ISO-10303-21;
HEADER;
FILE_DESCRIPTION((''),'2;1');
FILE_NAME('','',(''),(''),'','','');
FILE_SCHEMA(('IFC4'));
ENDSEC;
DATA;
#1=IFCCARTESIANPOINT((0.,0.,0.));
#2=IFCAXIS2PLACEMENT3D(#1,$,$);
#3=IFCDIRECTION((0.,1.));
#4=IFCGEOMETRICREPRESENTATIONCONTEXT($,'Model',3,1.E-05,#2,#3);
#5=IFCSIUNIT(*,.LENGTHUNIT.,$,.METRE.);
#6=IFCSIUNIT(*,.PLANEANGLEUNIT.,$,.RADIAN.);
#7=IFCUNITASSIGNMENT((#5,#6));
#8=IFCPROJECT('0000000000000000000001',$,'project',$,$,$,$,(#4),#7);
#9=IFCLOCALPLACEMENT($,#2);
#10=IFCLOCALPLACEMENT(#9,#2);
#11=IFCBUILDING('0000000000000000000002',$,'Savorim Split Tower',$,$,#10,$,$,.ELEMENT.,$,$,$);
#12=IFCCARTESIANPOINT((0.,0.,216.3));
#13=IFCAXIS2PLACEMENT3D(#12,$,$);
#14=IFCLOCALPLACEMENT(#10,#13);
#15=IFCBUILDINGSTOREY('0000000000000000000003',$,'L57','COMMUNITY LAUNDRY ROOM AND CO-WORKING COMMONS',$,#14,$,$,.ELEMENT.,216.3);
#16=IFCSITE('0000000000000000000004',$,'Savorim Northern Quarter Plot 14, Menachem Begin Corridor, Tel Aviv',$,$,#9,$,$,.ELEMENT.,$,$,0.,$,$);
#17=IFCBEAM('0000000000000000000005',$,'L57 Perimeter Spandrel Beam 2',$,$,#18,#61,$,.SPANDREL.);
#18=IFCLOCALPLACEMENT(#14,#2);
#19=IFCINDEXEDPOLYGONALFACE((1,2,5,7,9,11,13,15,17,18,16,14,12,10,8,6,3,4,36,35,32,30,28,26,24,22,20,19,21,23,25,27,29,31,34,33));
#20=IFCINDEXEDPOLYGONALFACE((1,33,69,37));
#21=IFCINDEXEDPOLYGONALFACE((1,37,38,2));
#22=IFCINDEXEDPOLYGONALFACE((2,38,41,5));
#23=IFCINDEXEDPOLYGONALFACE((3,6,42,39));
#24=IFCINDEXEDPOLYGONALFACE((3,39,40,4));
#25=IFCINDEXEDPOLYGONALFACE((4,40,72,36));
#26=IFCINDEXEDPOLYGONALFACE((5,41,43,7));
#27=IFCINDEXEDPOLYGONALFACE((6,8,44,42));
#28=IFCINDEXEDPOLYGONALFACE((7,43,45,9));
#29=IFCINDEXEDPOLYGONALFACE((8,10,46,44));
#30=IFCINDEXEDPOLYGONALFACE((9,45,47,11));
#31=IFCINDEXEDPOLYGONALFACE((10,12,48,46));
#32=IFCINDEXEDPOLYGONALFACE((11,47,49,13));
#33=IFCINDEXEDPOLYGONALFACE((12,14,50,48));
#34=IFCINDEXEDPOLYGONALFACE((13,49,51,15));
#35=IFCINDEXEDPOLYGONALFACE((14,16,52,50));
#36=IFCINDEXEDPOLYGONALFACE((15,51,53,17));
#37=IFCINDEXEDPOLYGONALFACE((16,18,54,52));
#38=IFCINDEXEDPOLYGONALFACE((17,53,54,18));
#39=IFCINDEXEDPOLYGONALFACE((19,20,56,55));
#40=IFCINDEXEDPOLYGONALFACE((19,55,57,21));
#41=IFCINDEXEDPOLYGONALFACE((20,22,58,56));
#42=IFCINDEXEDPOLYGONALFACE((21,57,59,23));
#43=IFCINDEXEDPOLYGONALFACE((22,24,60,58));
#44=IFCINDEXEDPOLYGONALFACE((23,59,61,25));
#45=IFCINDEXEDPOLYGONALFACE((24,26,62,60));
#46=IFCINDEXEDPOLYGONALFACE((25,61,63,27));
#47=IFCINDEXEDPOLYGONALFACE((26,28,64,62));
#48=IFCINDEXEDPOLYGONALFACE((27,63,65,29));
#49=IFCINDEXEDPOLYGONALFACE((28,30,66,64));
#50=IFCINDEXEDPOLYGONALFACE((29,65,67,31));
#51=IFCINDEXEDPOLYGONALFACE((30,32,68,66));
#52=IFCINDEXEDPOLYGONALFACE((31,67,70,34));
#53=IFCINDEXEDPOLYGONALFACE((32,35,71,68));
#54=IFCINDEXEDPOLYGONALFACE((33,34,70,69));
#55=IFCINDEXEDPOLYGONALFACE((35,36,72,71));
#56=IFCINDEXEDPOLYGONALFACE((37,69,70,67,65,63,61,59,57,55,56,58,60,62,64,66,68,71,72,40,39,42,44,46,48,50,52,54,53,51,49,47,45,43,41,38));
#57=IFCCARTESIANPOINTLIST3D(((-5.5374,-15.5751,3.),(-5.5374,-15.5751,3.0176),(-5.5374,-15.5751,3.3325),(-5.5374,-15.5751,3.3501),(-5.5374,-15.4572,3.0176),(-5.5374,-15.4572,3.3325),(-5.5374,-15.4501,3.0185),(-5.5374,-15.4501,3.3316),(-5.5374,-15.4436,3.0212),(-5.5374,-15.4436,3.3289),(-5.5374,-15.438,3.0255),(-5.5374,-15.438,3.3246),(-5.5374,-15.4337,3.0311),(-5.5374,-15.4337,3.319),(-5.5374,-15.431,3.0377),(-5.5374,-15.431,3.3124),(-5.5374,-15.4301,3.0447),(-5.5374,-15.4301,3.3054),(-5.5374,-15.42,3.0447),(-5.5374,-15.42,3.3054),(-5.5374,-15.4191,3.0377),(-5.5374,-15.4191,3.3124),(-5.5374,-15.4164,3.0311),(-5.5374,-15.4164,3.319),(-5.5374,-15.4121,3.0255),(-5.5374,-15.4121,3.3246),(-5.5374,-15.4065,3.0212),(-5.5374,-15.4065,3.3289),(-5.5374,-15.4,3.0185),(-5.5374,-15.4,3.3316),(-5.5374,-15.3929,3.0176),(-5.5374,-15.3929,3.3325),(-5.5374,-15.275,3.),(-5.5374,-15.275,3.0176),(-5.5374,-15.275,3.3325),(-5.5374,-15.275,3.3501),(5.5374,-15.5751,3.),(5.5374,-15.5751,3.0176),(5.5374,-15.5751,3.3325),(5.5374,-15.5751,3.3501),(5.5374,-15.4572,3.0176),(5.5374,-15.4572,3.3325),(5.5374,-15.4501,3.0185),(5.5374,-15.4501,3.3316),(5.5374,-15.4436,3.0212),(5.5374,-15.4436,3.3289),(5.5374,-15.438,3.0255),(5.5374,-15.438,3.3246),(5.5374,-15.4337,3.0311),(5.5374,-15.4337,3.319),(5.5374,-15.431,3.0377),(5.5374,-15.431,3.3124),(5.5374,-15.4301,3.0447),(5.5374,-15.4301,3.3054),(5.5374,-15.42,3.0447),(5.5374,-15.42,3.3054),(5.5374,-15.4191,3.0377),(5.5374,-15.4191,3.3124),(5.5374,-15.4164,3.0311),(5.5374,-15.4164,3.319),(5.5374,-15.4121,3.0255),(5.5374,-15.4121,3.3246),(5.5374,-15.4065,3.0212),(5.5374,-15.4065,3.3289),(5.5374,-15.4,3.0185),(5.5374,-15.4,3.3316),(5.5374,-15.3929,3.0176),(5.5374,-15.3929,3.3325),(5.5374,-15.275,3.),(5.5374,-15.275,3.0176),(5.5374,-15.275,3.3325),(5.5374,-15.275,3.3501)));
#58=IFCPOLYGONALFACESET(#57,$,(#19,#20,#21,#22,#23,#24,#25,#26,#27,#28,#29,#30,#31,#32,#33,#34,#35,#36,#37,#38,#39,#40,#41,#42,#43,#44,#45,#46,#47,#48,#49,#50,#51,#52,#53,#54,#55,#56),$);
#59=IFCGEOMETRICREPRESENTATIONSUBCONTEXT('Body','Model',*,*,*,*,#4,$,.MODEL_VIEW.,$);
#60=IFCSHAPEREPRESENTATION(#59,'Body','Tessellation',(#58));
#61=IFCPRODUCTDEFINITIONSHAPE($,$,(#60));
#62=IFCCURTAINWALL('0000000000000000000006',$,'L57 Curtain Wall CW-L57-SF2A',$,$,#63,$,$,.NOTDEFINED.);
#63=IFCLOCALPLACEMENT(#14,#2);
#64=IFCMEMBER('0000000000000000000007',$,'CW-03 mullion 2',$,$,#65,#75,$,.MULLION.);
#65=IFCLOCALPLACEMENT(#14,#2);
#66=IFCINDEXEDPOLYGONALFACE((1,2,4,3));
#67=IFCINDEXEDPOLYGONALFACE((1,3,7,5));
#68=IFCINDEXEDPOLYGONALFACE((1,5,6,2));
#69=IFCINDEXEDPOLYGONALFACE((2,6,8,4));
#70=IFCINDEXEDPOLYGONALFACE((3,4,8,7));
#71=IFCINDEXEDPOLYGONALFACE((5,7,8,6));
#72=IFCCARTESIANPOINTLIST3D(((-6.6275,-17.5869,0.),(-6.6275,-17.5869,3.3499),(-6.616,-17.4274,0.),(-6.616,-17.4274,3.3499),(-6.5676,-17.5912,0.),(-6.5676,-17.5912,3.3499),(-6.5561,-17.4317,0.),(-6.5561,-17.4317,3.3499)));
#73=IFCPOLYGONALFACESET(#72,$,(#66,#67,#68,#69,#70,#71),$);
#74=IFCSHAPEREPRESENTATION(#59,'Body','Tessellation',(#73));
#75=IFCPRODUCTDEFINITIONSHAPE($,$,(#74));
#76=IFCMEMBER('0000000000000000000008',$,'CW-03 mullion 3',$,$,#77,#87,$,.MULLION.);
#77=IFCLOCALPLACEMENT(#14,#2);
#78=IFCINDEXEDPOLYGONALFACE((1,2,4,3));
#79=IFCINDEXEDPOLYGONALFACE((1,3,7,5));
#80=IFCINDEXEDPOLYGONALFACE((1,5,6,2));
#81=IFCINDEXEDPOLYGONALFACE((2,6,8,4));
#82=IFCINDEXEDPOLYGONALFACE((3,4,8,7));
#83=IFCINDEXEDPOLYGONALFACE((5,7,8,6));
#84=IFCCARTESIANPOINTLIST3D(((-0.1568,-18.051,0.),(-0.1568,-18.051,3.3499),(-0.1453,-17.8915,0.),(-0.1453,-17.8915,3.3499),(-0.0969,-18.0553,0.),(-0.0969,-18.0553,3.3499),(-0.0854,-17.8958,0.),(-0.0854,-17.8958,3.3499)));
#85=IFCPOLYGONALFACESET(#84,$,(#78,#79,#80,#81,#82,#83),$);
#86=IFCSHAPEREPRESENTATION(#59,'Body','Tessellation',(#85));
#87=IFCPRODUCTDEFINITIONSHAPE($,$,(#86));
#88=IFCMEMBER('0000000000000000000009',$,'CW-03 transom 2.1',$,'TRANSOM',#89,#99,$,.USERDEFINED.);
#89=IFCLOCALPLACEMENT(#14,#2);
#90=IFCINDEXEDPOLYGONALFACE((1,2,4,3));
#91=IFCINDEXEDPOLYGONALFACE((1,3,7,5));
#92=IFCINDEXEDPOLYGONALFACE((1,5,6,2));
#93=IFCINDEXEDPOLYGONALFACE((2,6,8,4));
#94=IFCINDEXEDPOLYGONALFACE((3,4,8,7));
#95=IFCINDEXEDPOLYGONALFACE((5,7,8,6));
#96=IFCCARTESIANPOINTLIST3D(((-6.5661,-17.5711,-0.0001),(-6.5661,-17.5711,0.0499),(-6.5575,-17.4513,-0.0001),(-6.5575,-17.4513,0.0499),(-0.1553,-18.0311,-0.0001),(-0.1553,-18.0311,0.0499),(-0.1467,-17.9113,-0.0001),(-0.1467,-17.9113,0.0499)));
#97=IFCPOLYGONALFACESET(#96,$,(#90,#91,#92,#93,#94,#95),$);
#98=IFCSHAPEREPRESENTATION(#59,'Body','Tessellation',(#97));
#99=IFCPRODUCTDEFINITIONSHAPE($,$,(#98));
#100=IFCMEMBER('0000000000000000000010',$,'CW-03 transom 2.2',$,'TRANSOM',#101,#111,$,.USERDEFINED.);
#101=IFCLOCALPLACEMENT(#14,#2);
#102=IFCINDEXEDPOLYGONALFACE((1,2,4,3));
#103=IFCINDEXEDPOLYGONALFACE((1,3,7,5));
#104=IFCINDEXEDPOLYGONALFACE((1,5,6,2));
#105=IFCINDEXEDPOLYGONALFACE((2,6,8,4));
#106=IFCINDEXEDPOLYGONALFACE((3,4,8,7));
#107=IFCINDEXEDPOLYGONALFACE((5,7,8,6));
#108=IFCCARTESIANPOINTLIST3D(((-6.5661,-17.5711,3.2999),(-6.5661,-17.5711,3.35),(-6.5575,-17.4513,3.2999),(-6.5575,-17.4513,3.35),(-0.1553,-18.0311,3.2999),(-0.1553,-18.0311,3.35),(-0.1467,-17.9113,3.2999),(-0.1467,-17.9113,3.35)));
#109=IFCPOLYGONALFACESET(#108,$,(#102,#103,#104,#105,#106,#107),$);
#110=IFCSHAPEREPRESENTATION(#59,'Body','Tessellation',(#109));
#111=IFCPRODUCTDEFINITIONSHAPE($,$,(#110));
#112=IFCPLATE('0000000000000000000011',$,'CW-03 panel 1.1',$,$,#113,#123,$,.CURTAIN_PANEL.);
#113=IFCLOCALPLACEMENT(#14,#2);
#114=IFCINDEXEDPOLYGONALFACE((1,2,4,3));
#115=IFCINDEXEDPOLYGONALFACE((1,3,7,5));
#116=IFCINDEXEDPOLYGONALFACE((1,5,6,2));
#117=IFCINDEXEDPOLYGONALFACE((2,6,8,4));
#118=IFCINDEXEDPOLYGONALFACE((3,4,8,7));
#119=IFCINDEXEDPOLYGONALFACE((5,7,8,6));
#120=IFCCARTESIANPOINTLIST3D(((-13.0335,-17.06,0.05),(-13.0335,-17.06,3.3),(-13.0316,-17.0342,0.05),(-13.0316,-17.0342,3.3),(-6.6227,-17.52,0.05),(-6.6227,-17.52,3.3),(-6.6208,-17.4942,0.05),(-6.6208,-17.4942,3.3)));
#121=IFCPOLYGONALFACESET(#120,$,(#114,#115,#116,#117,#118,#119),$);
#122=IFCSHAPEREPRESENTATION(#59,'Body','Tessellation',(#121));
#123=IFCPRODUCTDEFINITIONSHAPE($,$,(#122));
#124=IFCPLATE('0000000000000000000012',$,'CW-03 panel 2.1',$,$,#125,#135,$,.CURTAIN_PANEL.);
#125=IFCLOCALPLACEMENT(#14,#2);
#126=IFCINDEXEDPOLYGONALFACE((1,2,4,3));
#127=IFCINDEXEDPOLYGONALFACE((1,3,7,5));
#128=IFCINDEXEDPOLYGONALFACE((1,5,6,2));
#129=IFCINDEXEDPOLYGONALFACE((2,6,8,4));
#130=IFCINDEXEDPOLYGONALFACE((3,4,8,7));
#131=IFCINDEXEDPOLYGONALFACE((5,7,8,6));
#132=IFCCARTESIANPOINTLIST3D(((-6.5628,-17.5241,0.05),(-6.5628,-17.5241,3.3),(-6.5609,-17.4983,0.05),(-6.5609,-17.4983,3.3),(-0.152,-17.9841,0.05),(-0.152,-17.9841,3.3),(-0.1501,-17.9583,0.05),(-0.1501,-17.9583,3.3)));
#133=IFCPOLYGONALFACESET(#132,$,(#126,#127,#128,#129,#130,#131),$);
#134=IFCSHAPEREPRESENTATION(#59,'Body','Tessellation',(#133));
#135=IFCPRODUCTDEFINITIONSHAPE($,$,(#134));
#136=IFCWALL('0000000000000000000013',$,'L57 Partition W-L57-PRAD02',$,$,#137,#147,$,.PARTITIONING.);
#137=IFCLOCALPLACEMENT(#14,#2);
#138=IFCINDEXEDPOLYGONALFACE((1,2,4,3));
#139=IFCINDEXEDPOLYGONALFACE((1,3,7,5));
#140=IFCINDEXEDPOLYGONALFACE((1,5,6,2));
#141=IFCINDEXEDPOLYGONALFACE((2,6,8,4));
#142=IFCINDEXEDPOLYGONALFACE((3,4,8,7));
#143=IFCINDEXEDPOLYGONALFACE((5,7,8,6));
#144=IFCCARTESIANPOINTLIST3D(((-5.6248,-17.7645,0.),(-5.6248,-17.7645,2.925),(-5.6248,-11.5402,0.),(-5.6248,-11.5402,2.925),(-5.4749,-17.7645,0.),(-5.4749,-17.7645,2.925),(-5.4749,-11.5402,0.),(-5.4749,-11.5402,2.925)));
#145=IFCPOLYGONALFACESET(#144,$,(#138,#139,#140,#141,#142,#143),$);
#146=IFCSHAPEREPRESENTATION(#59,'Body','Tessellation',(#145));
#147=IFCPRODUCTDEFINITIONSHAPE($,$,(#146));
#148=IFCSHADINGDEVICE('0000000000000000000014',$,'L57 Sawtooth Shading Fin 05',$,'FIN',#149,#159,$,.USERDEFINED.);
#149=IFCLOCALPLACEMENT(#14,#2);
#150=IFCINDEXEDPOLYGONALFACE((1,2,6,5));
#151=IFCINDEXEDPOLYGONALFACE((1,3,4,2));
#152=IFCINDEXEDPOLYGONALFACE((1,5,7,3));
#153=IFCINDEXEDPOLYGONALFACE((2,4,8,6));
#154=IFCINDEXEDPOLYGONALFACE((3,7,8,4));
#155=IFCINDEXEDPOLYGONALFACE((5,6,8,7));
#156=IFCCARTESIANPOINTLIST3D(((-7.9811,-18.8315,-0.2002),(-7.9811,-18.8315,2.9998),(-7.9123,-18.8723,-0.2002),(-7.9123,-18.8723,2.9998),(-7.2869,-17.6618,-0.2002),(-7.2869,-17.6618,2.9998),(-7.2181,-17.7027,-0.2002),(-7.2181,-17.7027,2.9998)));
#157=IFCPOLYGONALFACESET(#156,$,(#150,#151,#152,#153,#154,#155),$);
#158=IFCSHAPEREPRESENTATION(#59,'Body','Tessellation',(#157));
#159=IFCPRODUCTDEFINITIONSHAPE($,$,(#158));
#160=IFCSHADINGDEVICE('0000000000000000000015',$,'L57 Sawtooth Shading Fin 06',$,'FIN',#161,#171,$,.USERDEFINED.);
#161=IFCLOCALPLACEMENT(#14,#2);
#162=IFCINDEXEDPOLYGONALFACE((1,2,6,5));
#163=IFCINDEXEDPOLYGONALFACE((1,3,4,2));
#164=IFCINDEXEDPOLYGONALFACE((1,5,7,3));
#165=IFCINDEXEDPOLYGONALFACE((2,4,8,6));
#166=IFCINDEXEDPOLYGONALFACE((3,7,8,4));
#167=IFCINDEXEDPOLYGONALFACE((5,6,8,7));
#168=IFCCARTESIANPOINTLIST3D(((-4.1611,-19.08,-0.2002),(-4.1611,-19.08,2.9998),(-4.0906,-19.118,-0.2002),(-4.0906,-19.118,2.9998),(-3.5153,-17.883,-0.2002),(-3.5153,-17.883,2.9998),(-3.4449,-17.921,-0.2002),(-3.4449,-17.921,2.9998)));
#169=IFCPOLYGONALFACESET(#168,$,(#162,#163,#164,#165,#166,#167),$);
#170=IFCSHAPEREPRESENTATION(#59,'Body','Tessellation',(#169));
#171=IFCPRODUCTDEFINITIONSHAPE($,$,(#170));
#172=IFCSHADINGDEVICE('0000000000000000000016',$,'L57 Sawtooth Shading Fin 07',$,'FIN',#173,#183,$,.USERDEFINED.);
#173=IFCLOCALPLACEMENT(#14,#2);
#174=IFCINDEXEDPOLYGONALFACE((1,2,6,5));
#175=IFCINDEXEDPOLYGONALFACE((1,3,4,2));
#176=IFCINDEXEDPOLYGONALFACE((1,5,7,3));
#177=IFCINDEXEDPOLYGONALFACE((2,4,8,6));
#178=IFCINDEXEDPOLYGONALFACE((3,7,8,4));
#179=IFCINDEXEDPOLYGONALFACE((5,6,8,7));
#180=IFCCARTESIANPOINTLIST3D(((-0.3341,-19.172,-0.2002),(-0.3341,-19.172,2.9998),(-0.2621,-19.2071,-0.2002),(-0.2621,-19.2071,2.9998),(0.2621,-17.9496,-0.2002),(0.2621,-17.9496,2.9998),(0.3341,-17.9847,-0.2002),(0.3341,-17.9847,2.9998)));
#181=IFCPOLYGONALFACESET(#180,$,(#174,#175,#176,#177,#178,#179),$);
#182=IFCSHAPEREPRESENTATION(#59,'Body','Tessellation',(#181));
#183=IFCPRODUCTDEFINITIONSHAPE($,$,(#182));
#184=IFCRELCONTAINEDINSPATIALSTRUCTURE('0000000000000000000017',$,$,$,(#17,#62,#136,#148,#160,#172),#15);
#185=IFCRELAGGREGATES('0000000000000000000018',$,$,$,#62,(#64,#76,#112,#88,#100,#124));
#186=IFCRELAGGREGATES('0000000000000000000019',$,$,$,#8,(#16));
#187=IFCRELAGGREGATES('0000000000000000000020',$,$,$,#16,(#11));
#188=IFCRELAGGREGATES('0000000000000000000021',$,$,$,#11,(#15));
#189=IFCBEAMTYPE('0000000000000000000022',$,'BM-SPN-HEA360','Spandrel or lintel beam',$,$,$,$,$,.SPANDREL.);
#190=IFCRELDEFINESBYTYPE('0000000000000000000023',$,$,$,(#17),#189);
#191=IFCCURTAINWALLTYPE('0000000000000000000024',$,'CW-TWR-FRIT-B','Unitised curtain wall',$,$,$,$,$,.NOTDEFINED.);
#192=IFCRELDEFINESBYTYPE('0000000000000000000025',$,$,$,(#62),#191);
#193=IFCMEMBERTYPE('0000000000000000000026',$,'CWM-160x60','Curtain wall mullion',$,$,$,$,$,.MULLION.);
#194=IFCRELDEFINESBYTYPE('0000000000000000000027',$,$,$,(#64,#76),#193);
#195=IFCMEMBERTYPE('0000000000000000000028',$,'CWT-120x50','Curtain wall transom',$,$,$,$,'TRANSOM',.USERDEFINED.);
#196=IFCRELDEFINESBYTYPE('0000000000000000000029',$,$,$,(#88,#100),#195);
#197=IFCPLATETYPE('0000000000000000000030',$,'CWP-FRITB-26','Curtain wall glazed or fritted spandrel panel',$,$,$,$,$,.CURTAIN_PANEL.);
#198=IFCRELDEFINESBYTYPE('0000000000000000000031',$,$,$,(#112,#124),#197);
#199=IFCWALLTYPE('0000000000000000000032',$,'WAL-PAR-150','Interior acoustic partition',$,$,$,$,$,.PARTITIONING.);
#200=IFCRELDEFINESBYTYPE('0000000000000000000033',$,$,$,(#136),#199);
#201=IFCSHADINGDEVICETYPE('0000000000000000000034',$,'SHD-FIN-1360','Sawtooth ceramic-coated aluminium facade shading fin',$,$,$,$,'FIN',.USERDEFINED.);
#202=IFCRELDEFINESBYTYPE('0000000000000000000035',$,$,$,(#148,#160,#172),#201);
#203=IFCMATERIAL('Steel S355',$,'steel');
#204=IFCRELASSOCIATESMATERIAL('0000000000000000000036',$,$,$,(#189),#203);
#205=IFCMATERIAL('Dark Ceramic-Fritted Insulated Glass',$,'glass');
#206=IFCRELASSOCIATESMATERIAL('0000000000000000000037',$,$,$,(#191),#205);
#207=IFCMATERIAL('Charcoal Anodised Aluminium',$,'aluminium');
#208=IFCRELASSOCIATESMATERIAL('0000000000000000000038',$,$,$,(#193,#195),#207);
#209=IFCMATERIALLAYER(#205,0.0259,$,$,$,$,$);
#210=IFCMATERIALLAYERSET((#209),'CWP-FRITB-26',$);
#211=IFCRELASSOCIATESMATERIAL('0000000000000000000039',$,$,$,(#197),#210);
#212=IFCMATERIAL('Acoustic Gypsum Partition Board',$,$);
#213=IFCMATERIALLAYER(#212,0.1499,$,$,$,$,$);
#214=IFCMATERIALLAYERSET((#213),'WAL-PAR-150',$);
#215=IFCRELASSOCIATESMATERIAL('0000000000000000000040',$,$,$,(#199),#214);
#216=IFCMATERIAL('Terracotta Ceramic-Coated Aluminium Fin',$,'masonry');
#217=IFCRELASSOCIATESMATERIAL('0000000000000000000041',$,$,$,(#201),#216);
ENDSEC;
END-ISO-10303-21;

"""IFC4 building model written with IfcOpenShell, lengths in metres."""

from ifc_helpers import new_model, si_unit, direction, frame, frame_2d, origin, origin_2d, place, context, subcontext, project, spatial, rectangle, i_section, extrude, material, layer, layer_set, material_profile, profile_set, type_object, element, aggregate, save


model = new_model("IFC4")

# Units and contexts
model_context = context("Model", 3, precision=1e-05, world=origin(), true_north=direction((0.0, 1.0)))
body_context = subcontext(model_context, "Body", "Model", "MODEL_VIEW")
ifc_project = project(units=[si_unit("LENGTHUNIT", "METRE"), si_unit("PLANEANGLEUNIT", "RADIAN")], contexts=[model_context])

# Site, building, storey
site_placement = place(None, origin())
site = spatial("IfcSite", under=ifc_project, at=site_placement, Name="Savorim Northern Quarter Plot 14, Menachem Begin Corridor, Tel Aviv", CompositionType="ELEMENT", RefElevation=0.0)
building_placement = place(site_placement, origin())
building = spatial("IfcBuilding", under=site, at=building_placement, Name="Savorim Split Tower", CompositionType="ELEMENT")
storey_placement = place(building_placement, frame((0.0, 0.0, 216.3)))
storey = spatial("IfcBuildingStorey", under=building, at=storey_placement, Name="L57", Description="COMMUNITY LAUNDRY ROOM AND CO-WORKING COMMONS", CompositionType="ELEMENT", Elevation=216.3)

# Shared definitions
ifc_material_1 = material(Name="Steel S355", Category="steel")

# Beam
ifc_material_profile_1 = material_profile(ifc_material_1, i_section(OverallWidth=0.3, OverallDepth=0.3501, WebThickness=0.01, FlangeThickness=0.0176, FilletRadius=0.0271, at=origin_2d()), Name="HEA 360")
ifc_profile_set_1 = profile_set([ifc_material_profile_1], Name="Steel S355")
beam_type_1 = type_object("IfcBeamType", Name="BM-SPN-HEA360", Description="Spandrel or lintel beam", PredefinedType="SPANDREL", material=ifc_profile_set_1)
beam_1_placement = place(storey_placement, frame((-5.5374, -15.425, 3.175), z_axis=(1.0, 0.0, 0.0), x_axis=(0.0, 1.0, 0.0)))
element("IfcBeam", 1, at=beam_1_placement, inside=storey, type_object=beam_type_1, Name="L57 Perimeter Spandrel Beam 2", PredefinedType="SPANDREL", context=body_context, shape_type="SweptSolid", body=[
    extrude(i_section(OverallWidth=0.3, OverallDepth=0.3501, WebThickness=0.01, FlangeThickness=0.0176, FilletRadius=0.0271, at=origin_2d()), origin(), (0.0, 0.0, 1.0), 11.0747),
])

# Curtain wall, members, plates
ifc_material_2 = material(Name="Dark Ceramic-Fritted Insulated Glass", Category="glass")
curtain_wall_type = type_object("IfcCurtainWallType", Name="CW-TWR-FRIT-B", Description="Unitised curtain wall", PredefinedType="NOTDEFINED", material=ifc_material_2)
curtain_wall_placement = place(storey_placement, origin())
curtain_wall = element("IfcCurtainWall", 2, at=curtain_wall_placement, inside=storey, type_object=curtain_wall_type, Name="L57 Curtain Wall CW-L57-SF2A", PredefinedType="NOTDEFINED")
ifc_material_3 = material(Name="Charcoal Anodised Aluminium", Category="aluminium")
ifc_material_profile_2 = material_profile(ifc_material_3, rectangle(XDim=0.1599, YDim=0.0601, at=origin_2d()), Name="ALU-M 160x60")
ifc_profile_set_2 = profile_set([ifc_material_profile_2], Name="Charcoal Anodised Aluminium")
member_type_1 = type_object("IfcMemberType", Name="CWM-160x60", Description="Curtain wall mullion", PredefinedType="MULLION", material=ifc_profile_set_2)
member_1_placement = place(storey_placement, frame((-6.5918, -17.5093, 0.0), z_axis=(0.0, 0.0, 1.0), x_axis=(0.071564, 0.997436, 0.0)))
member_1 = element("IfcMember", 3, at=member_1_placement, type_object=member_type_1, Name="CW-03 mullion 2", PredefinedType="MULLION", context=body_context, shape_type="SweptSolid", body=[
    extrude(rectangle(XDim=0.1599, YDim=0.0601, at=origin_2d()), origin(), (0.0, 0.0, 1.0), 3.3499),
])
member_2_placement = place(storey_placement, frame((-0.1211, -17.9734, 0.0), z_axis=(0.0, 0.0, 1.0), x_axis=(0.071564, 0.997436, 0.0)))
member_2 = element("IfcMember", 4, at=member_2_placement, type_object=member_type_1, Name="CW-03 mullion 3", PredefinedType="MULLION", context=body_context, shape_type="SweptSolid", body=[
    extrude(rectangle(XDim=0.1599, YDim=0.0601, at=origin_2d()), origin(), (0.0, 0.0, 1.0), 3.3499),
])
ifc_material_profile_3 = material_profile(ifc_material_3, rectangle(XDim=0.1201, YDim=0.05, at=origin_2d()), Name="ALU-T 120x50")
ifc_profile_set_3 = profile_set([ifc_material_profile_3], Name="Charcoal Anodised Aluminium")
member_type_2 = type_object("IfcMemberType", Name="CWT-120x50", Description="Curtain wall transom", ElementType="TRANSOM", PredefinedType="USERDEFINED", material=ifc_profile_set_3)
member_3_placement = place(storey_placement, frame((-6.5618, -17.5112, 0.0249), z_axis=(0.997436, -0.071566, 0.0), x_axis=(0.071566, 0.997436, 0.0)))
member_3 = element("IfcMember", 5, at=member_3_placement, type_object=member_type_2, Name="CW-03 transom 2.1", ObjectType="TRANSOM", PredefinedType="USERDEFINED", context=body_context, shape_type="SweptSolid", body=[
    extrude(rectangle(XDim=0.1201, YDim=0.05, at=origin_2d()), origin(), (0.0, 0.0, 1.0), 6.4272),
])
member_4_placement = place(storey_placement, frame((-6.5618, -17.5112, 3.325), z_axis=(0.997436, -0.071566, 0.0), x_axis=(0.071566, 0.997436, 0.0)))
member_4 = element("IfcMember", 6, at=member_4_placement, type_object=member_type_2, Name="CW-03 transom 2.2", ObjectType="TRANSOM", PredefinedType="USERDEFINED", context=body_context, shape_type="SweptSolid", body=[
    extrude(rectangle(XDim=0.1201, YDim=0.05, at=origin_2d()), origin(), (0.0, 0.0, 1.0), 6.4272),
])
ifc_layer_1 = layer(ifc_material_2, 0.0259)
ifc_layer_set_1 = layer_set([ifc_layer_1], Name="CWP-FRITB-26")
plate_type = type_object("IfcPlateType", Name="CWP-FRITB-26", Description="Curtain wall glazed or fritted spandrel panel", PredefinedType="CURTAIN_PANEL", material=ifc_layer_set_1)
plate_1_placement = place(storey_placement, frame((-9.8271, -17.2771, 0.05), z_axis=(0.0, 0.0, 1.0), x_axis=(0.997436, -0.071564, 0.0)))
plate_1 = element("IfcPlate", 7, at=plate_1_placement, type_object=plate_type, Name="CW-03 panel 1.1", PredefinedType="CURTAIN_PANEL", context=body_context, shape_type="SweptSolid", body=[
    extrude(rectangle(XDim=6.4272, YDim=0.0259, at=origin_2d()), origin(), (0.0, 0.0, 1.0), 3.25),
])
plate_2_placement = place(storey_placement, frame((-3.3564, -17.7412, 0.05), z_axis=(0.0, 0.0, 1.0), x_axis=(0.997436, -0.071564, 0.0)))
plate_2 = element("IfcPlate", 8, at=plate_2_placement, type_object=plate_type, Name="CW-03 panel 2.1", PredefinedType="CURTAIN_PANEL", context=body_context, shape_type="SweptSolid", body=[
    extrude(rectangle(XDim=6.4272, YDim=0.0259, at=origin_2d()), origin(), (0.0, 0.0, 1.0), 3.25),
])
aggregate(curtain_wall, [member_1, member_2, plate_1, member_3, member_4, plate_2])

# Wall
ifc_material_4 = material(Name="Acoustic Gypsum Partition Board")
ifc_layer_2 = layer(ifc_material_4, 0.1499)
ifc_layer_set_2 = layer_set([ifc_layer_2], Name="WAL-PAR-150")
wall_type = type_object("IfcWallType", Name="WAL-PAR-150", Description="Interior acoustic partition", PredefinedType="PARTITIONING", material=ifc_layer_set_2)
wall_placement = place(storey_placement, frame((-5.5498, -11.54, 0.0), z_axis=(0.0, 0.0, 1.0), x_axis=(0.0, -1.0, 0.0)))
element("IfcWall", 9, at=wall_placement, inside=storey, type_object=wall_type, Name="L57 Partition W-L57-PRAD02", PredefinedType="PARTITIONING", context=body_context, shape_type="SweptSolid", body=[
    extrude(rectangle(XDim=6.2244, YDim=0.1499, at=frame_2d((3.1123, 0.0))), origin(), (0.0, 0.0, 1.0), 2.925),
])

# Shading devices
ifc_material_5 = material(Name="Terracotta Ceramic-Coated Aluminium Fin", Category="masonry")
shading_device_type = type_object("IfcShadingDeviceType", Name="SHD-FIN-1360", Description="Sawtooth ceramic-coated aluminium facade shading fin", ElementType="FIN", PredefinedType="USERDEFINED", material=ifc_material_5)
for number, where, z_axis, x_axis, name in (
    (10, (-7.5996, -18.2671, -0.2002), (0.0, 0.0, 1.0), (-0.510391, -0.859942, 0.0), "L57 Sawtooth Shading Fin 05"),
    (11, (-3.803, -18.5005, -0.2002), (0.0, 0.0, 1.0), (-0.474778, -0.880106, 0.0), "L57 Sawtooth Shading Fin 06"),
    (12, (0.0, -18.5784, -0.2002), (0.0, 0.0, 1.0), (-0.438371, -0.898794, 0.0), "L57 Sawtooth Shading Fin 07"),
):
    element("IfcShadingDevice", number, at=place(storey_placement, frame(where, z_axis=z_axis, x_axis=x_axis)), inside=storey, type_object=shading_device_type, Name=name, ObjectType="FIN", PredefinedType="USERDEFINED", context=body_context, shape_type="SweptSolid", body=[
        extrude(rectangle(XDim=1.3601, YDim=0.0801, at=origin_2d()), origin(), (0.0, 0.0, 1.0), 3.2),
    ])

save(model, "model.ifc")
